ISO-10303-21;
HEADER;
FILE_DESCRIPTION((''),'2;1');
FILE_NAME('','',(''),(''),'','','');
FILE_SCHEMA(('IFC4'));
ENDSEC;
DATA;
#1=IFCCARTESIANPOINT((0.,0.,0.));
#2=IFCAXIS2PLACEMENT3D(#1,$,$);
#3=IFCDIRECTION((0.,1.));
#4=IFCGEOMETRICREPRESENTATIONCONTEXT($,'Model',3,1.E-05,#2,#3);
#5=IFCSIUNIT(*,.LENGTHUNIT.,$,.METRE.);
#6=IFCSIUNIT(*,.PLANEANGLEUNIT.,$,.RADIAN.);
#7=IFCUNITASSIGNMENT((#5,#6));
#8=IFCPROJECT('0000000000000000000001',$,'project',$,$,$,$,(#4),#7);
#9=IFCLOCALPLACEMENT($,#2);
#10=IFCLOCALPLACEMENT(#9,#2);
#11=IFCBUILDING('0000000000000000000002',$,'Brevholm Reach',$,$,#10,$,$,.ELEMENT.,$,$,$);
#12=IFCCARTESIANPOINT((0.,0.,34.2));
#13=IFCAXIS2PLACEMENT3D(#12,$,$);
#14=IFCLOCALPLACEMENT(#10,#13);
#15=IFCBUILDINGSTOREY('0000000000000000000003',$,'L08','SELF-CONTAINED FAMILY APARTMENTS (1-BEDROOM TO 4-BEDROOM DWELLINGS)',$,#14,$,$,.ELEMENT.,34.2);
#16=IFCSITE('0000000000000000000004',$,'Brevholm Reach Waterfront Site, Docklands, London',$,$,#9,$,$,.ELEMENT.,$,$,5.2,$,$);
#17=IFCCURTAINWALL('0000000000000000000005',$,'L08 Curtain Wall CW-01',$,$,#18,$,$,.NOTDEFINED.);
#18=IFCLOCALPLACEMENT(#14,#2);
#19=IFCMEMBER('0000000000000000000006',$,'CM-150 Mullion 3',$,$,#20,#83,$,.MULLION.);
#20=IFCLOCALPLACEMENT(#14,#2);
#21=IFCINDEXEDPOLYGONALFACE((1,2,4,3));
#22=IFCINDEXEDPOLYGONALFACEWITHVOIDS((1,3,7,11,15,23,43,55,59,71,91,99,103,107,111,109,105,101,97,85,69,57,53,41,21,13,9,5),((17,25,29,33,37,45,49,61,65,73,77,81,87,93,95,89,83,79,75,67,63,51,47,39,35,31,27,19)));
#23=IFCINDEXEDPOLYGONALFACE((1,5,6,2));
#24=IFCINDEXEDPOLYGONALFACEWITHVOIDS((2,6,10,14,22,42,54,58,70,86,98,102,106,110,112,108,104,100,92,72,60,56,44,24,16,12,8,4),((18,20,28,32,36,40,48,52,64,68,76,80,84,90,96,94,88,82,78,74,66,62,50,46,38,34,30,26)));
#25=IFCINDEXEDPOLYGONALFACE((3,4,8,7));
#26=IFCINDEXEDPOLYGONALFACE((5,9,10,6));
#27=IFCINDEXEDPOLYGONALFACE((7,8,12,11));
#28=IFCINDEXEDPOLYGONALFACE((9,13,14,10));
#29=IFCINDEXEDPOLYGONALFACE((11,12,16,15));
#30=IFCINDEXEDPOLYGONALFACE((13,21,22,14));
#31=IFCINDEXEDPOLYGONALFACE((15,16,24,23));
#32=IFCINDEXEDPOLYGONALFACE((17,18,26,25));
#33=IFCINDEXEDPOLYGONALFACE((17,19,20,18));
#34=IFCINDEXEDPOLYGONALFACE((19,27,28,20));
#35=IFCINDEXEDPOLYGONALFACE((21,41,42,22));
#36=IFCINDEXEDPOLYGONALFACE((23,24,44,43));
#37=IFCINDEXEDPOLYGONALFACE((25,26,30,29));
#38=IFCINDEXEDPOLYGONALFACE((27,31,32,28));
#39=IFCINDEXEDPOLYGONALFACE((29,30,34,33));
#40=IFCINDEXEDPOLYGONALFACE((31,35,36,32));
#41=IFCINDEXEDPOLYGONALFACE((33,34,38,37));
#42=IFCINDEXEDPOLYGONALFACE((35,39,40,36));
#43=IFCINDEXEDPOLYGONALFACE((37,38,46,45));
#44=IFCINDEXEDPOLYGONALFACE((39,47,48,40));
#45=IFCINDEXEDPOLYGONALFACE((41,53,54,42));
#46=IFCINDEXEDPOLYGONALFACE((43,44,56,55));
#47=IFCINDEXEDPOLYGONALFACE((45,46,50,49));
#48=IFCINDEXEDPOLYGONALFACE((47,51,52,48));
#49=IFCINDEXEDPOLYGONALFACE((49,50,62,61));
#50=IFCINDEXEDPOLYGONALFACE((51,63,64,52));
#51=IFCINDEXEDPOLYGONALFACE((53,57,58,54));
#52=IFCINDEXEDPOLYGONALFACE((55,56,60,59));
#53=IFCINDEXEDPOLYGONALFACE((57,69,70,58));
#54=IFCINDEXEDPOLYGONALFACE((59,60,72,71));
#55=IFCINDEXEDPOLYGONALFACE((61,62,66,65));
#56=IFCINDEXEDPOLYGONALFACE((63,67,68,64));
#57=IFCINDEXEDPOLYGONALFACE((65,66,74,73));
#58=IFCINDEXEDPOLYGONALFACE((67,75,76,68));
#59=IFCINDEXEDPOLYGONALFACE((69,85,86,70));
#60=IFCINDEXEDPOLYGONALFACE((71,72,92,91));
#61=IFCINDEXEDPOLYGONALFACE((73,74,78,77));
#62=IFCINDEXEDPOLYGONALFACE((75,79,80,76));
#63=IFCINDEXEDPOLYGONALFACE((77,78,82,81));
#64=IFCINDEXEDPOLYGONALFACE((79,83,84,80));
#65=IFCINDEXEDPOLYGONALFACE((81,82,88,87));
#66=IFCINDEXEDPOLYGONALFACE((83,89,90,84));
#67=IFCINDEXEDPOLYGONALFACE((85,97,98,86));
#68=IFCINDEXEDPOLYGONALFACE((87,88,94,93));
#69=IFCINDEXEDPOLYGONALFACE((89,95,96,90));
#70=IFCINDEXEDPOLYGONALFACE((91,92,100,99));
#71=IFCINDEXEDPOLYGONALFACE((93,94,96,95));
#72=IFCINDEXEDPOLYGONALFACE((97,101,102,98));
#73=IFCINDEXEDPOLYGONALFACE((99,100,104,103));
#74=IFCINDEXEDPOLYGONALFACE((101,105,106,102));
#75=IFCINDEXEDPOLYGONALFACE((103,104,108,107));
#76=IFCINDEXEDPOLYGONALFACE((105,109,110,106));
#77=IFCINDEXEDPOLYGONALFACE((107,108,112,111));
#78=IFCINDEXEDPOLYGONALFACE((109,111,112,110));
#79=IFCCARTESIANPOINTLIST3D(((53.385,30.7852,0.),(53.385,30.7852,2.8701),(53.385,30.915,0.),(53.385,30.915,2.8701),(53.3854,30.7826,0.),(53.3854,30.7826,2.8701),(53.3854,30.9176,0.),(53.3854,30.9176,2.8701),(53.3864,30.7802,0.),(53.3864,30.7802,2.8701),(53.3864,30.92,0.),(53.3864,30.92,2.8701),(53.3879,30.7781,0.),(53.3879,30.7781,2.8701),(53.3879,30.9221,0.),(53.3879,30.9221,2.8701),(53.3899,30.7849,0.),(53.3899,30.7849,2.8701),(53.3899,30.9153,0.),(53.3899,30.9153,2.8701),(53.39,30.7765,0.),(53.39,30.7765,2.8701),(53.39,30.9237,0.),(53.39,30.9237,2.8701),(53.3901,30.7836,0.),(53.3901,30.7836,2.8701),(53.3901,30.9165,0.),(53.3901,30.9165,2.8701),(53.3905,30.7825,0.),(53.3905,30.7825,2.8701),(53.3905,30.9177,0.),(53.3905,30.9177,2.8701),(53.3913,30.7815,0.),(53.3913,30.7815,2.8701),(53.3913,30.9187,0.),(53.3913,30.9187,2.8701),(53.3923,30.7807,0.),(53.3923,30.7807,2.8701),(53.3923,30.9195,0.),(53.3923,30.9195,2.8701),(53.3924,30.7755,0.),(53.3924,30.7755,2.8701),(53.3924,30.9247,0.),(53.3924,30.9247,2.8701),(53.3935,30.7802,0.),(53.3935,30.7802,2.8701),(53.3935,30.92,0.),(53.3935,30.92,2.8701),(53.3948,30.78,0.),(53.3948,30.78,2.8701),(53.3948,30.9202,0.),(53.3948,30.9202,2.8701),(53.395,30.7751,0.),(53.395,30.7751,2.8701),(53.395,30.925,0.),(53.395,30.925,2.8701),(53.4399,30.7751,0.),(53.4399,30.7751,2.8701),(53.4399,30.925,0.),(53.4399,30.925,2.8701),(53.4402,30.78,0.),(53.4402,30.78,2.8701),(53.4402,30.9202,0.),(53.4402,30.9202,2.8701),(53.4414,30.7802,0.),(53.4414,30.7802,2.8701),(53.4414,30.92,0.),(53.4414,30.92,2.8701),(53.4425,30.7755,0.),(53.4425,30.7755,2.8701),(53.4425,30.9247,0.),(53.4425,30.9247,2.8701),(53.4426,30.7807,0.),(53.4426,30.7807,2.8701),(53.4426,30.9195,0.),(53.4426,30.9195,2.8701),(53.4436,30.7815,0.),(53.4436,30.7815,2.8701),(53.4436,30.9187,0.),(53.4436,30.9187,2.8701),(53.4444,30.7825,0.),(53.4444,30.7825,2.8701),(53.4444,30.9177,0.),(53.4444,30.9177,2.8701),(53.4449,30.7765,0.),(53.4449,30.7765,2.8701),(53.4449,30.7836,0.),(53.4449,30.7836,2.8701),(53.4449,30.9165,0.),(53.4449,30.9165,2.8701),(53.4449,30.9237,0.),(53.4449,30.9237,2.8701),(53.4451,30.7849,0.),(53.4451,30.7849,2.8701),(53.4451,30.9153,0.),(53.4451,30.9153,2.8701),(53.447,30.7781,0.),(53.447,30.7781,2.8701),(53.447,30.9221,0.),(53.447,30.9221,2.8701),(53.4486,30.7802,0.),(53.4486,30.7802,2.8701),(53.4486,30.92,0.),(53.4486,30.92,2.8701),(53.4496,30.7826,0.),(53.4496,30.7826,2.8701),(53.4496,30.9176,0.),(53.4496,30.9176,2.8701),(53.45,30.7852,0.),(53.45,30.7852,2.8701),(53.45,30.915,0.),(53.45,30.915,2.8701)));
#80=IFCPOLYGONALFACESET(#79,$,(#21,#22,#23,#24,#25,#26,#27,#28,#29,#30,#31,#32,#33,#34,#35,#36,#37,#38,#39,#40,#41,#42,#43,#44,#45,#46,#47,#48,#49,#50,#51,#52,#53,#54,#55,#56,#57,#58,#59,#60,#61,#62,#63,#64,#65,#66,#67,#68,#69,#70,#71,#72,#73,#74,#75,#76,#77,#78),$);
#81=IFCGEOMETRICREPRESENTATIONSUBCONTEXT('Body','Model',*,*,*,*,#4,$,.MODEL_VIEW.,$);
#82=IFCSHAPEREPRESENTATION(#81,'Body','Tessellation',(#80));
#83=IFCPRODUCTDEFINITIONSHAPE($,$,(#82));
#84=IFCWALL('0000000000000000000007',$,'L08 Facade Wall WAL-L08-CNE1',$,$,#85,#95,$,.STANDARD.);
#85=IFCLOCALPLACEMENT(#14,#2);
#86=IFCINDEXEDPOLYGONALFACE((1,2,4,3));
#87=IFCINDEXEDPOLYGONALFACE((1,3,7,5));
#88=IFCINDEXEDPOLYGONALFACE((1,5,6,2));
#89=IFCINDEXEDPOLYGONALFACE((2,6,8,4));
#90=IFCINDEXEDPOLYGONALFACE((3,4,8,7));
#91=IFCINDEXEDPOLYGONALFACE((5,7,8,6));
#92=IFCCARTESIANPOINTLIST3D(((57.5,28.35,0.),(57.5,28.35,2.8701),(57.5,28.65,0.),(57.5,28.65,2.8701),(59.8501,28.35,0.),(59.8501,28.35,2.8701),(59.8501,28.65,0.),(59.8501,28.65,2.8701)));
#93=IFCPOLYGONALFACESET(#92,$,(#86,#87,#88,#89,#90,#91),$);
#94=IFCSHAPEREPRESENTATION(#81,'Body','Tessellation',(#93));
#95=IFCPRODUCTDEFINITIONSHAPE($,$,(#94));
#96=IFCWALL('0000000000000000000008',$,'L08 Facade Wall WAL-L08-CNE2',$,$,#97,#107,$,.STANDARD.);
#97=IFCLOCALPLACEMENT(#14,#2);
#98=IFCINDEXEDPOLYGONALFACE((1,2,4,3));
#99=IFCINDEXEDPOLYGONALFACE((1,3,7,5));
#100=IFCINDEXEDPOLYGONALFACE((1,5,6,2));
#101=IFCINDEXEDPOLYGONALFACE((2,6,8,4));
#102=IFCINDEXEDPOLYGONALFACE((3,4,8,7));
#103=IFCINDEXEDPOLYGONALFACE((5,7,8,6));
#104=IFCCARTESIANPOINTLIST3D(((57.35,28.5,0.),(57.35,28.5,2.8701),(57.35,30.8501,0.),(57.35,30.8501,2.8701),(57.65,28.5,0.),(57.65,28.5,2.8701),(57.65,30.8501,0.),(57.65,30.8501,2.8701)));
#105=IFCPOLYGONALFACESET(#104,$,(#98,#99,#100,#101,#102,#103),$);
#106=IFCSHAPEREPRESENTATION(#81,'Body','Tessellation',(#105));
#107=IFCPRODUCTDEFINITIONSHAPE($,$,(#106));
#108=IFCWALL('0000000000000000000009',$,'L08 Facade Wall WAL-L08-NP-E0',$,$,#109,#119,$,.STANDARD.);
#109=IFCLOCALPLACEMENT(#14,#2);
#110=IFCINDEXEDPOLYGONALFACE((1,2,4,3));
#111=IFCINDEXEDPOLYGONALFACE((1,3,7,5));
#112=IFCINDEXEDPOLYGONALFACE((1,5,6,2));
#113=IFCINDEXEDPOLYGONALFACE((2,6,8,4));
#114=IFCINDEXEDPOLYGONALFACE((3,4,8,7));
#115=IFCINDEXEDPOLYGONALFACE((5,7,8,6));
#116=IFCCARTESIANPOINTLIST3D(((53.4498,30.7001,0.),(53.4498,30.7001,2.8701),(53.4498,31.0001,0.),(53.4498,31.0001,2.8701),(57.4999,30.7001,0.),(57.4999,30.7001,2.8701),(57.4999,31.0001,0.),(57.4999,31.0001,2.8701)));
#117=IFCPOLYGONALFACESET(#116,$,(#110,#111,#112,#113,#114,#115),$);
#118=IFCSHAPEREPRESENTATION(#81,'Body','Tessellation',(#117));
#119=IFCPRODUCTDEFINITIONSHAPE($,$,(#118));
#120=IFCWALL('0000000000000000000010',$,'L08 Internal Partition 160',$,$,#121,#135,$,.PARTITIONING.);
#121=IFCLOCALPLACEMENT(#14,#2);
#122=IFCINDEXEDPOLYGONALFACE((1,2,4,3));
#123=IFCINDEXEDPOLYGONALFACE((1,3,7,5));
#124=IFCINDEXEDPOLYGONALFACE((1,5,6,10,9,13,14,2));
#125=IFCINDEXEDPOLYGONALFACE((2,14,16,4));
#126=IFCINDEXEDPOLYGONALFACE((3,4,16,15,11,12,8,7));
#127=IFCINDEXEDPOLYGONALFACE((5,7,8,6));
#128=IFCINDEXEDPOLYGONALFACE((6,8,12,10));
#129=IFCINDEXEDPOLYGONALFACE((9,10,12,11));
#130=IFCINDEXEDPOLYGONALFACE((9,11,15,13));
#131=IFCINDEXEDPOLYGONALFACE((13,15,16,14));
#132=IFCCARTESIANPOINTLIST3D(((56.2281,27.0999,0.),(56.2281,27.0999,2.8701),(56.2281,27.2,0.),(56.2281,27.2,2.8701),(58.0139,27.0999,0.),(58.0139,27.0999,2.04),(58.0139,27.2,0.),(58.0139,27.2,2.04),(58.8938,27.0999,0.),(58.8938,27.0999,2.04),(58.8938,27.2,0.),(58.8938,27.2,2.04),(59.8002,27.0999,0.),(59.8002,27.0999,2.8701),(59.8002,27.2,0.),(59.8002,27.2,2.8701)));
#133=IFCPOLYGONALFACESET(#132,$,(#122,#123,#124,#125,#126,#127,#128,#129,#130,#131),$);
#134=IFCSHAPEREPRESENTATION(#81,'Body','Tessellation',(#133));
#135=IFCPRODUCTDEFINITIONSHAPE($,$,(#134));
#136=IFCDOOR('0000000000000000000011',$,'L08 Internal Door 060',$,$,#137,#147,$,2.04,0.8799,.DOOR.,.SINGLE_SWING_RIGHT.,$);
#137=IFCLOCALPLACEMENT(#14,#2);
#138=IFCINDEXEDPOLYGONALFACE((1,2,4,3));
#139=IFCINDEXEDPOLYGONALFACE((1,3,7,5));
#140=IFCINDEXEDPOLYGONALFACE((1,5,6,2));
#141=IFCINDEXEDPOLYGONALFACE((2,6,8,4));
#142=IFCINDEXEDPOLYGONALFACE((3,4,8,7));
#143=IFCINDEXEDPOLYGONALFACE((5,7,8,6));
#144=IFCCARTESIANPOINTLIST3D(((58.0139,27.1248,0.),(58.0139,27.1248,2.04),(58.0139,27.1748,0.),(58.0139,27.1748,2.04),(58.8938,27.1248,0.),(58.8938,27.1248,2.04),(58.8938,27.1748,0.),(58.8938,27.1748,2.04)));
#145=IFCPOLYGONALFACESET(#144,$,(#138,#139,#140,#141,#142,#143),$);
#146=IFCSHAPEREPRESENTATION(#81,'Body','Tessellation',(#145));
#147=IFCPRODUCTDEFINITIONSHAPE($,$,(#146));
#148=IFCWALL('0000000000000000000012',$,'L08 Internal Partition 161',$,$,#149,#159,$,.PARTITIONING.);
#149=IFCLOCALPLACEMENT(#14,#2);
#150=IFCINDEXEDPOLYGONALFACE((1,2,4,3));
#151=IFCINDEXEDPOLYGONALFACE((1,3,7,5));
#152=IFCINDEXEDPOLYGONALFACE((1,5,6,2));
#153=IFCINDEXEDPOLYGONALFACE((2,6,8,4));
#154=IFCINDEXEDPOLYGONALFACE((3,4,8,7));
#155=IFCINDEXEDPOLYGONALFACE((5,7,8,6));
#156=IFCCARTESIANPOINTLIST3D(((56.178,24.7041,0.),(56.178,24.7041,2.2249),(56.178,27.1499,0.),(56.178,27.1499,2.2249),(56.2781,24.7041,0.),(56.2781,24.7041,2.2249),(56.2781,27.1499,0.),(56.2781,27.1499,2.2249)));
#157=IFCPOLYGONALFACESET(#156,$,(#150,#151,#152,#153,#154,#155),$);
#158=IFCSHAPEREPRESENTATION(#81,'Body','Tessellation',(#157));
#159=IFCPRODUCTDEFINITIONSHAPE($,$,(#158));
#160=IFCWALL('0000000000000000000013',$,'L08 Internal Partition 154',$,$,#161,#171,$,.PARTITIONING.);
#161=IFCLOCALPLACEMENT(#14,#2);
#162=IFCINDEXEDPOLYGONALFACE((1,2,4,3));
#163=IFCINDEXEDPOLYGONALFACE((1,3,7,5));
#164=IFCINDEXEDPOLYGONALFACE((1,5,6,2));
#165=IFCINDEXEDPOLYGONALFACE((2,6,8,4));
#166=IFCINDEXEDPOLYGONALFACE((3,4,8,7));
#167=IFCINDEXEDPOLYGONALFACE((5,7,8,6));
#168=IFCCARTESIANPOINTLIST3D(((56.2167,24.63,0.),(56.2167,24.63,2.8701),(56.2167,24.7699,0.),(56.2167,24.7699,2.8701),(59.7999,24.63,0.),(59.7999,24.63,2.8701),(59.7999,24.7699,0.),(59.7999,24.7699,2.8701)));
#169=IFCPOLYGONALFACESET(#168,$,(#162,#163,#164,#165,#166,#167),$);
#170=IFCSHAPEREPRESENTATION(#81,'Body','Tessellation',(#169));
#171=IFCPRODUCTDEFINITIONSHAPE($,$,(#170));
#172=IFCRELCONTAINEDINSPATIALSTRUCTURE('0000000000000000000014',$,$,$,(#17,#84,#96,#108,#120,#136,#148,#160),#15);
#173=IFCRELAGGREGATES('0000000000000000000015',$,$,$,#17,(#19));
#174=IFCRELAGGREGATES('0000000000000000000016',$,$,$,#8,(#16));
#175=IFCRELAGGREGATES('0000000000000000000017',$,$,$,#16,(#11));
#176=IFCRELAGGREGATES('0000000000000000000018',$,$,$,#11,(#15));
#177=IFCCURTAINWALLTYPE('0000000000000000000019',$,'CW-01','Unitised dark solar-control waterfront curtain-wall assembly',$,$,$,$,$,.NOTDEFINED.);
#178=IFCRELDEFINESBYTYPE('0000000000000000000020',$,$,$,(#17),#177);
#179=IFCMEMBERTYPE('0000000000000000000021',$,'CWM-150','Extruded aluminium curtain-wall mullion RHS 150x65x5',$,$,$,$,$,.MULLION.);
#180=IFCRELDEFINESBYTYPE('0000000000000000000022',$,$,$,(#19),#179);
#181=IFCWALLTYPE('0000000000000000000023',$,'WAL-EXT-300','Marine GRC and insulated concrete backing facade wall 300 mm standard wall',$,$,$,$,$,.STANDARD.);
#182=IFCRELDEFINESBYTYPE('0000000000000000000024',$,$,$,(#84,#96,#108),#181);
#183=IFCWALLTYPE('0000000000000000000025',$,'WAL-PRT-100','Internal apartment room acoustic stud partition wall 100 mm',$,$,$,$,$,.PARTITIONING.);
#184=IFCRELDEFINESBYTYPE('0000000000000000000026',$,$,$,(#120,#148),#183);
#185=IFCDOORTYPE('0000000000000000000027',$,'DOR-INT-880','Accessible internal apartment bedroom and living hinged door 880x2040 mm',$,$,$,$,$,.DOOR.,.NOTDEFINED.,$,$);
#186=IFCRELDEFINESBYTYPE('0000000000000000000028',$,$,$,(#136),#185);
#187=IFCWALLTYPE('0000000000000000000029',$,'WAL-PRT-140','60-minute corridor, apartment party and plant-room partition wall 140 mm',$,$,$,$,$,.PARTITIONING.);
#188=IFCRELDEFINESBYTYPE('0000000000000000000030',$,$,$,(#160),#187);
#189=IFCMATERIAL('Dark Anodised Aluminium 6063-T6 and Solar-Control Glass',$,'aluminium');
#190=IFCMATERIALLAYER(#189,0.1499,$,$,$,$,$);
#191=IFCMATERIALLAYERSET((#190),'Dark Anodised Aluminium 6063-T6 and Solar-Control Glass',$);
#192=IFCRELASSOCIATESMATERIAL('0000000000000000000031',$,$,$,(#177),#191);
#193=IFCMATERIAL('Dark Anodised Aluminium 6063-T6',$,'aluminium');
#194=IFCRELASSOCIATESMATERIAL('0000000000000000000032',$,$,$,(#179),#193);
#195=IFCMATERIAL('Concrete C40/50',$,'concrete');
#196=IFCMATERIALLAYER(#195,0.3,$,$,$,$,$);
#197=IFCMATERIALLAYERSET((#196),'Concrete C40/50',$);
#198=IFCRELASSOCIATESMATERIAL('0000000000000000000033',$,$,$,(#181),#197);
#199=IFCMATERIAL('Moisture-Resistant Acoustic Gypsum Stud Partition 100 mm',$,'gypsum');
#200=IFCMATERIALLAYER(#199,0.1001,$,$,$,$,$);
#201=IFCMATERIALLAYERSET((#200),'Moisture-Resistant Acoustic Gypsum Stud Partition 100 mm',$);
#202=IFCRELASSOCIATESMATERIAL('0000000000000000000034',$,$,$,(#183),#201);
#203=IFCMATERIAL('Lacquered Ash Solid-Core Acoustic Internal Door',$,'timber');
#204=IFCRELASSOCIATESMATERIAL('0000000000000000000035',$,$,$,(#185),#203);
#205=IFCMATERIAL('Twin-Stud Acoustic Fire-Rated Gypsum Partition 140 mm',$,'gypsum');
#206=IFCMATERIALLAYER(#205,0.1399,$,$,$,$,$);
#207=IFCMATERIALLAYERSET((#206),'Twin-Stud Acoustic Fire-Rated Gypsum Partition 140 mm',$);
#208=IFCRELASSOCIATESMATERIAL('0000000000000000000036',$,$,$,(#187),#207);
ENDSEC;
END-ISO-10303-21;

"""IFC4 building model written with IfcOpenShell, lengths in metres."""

from ifc_helpers import new_model, si_unit, direction, frame, frame_2d, origin, origin_2d, place, context, subcontext, project, spatial, rectangle, hollow_rectangle, extrude, material, layer, layer_set, material_profile, profile_set, type_object, element, fill, aggregate, save


model = new_model("IFC4")

# Units and contexts
model_context = context("Model", 3, precision=1e-05, world=origin(), true_north=direction((0.0, 1.0)))
body_context = subcontext(model_context, "Body", "Model", "MODEL_VIEW")
ifc_project = project(units=[si_unit("LENGTHUNIT", "METRE"), si_unit("PLANEANGLEUNIT", "RADIAN")], contexts=[model_context])

# Site, building, storey
site_placement = place(None, origin())
site = spatial("IfcSite", under=ifc_project, at=site_placement, Name="Brevholm Reach Waterfront Site, Docklands, London", CompositionType="ELEMENT", RefElevation=5.2)
building_placement = place(site_placement, origin())
building = spatial("IfcBuilding", under=site, at=building_placement, Name="Brevholm Reach", CompositionType="ELEMENT")
storey_placement = place(building_placement, frame((0.0, 0.0, 34.2)))
storey = spatial("IfcBuildingStorey", under=building, at=storey_placement, Name="L08", Description="SELF-CONTAINED FAMILY APARTMENTS (1-BEDROOM TO 4-BEDROOM DWELLINGS)", CompositionType="ELEMENT", Elevation=34.2)

# Curtain wall, member
ifc_material_1 = material(Name="Dark Anodised Aluminium 6063-T6 and Solar-Control Glass", Category="aluminium")
ifc_layer_1 = layer(ifc_material_1, 0.1499)
ifc_layer_set_1 = layer_set([ifc_layer_1], Name="Dark Anodised Aluminium 6063-T6 and Solar-Control Glass")
curtain_wall_type = type_object("IfcCurtainWallType", Name="CW-01", Description="Unitised dark solar-control waterfront curtain-wall assembly", PredefinedType="NOTDEFINED", material=ifc_layer_set_1)
curtain_wall_placement = place(storey_placement, origin())
curtain_wall = element("IfcCurtainWall", 1, at=curtain_wall_placement, inside=storey, type_object=curtain_wall_type, Name="L08 Curtain Wall CW-01", PredefinedType="NOTDEFINED")
ifc_material_2 = material(Name="Dark Anodised Aluminium 6063-T6", Category="aluminium")
ifc_material_profile_1 = material_profile(ifc_material_2, hollow_rectangle(XDim=0.0649, YDim=0.1499, WallThickness=0.0049, InnerFilletRadius=0.0049, OuterFilletRadius=0.01, at=origin_2d()), Name="RHS 150x65x5")
ifc_profile_set_1 = profile_set([ifc_material_profile_1], Name="Dark Anodised Aluminium 6063-T6")
member_type = type_object("IfcMemberType", Name="CWM-150", Description="Extruded aluminium curtain-wall mullion RHS 150x65x5", PredefinedType="MULLION", material=ifc_profile_set_1)
member_placement = place(storey_placement, frame((53.4175, 30.8501, 0.0), z_axis=(0.0, 0.0, 1.0), x_axis=(1.0, 0.0, 0.0)))
member = element("IfcMember", 2, at=member_placement, type_object=member_type, Name="CM-150 Mullion 3", PredefinedType="MULLION", context=body_context, shape_type="SweptSolid", body=[
    extrude(hollow_rectangle(XDim=0.0649, YDim=0.1499, WallThickness=0.0049, InnerFilletRadius=0.0049, OuterFilletRadius=0.01, at=origin_2d()), origin(), (0.0, 0.0, 1.0), 2.8701),
])
aggregate(curtain_wall, [member])

# Walls
ifc_material_3 = material(Name="Concrete C40/50", Category="concrete")
ifc_layer_2 = layer(ifc_material_3, 0.3)
ifc_layer_set_2 = layer_set([ifc_layer_2], Name="Concrete C40/50")
wall_type_1 = type_object("IfcWallType", Name="WAL-EXT-300", Description="Marine GRC and insulated concrete backing facade wall 300 mm standard wall", PredefinedType="STANDARD", material=ifc_layer_set_2)
for number, where, z_axis, x_axis, name in (
    (3, (59.8501, 28.5, 0.0), (0.0, 0.0, 1.0), (-1.0, 0.0, 0.0), "L08 Facade Wall WAL-L08-CNE1"),
    (4, (57.5, 28.5, 0.0), (0.0, 0.0, 1.0), (0.0, 1.0, 0.0), "L08 Facade Wall WAL-L08-CNE2"),
):
    element("IfcWall", number, at=place(storey_placement, frame(where, z_axis=z_axis, x_axis=x_axis)), inside=storey, type_object=wall_type_1, Name=name, PredefinedType="STANDARD", context=body_context, shape_type="SweptSolid", body=[
        extrude(rectangle(XDim=2.3501, YDim=0.3, at=frame_2d((1.175, 0.0))), origin(), (0.0, 0.0, 1.0), 2.8701),
    ])
wall_1_placement = place(storey_placement, frame((53.45, 30.8501, 0.0), z_axis=(0.0, 0.0, 1.0), x_axis=(1.0, 0.0, 0.0)))
element("IfcWall", 5, at=wall_1_placement, inside=storey, type_object=wall_type_1, Name="L08 Facade Wall WAL-L08-NP-E0", PredefinedType="STANDARD", context=body_context, shape_type="SweptSolid", body=[
    extrude(rectangle(XDim=4.05, YDim=0.3, at=frame_2d((2.0249, 0.0))), origin(), (0.0, 0.0, 1.0), 2.8701),
])

# Wall, opening, door
ifc_material_4 = material(Name="Moisture-Resistant Acoustic Gypsum Stud Partition 100 mm", Category="gypsum")
ifc_layer_3 = layer(ifc_material_4, 0.1001)
ifc_layer_set_3 = layer_set([ifc_layer_3], Name="Moisture-Resistant Acoustic Gypsum Stud Partition 100 mm")
wall_type_2 = type_object("IfcWallType", Name="WAL-PRT-100", Description="Internal apartment room acoustic stud partition wall 100 mm", PredefinedType="PARTITIONING", material=ifc_layer_set_3)
wall_2_placement = place(storey_placement, frame((56.228, 27.1499, 0.0), z_axis=(0.0, 0.0, 1.0), x_axis=(1.0, 0.0, 0.0)))
wall_2 = element("IfcWall", 6, at=wall_2_placement, inside=storey, type_object=wall_type_2, Name="L08 Internal Partition 160", PredefinedType="PARTITIONING", context=body_context, shape_type="SweptSolid", body=[
    extrude(rectangle(XDim=3.572, YDim=0.1001, at=frame_2d((1.7861, 0.0))), origin(), (0.0, 0.0, 1.0), 2.8701),
])
opening_placement = place(wall_2_placement, frame((1.7859, 0.0, 0.0)))
opening = element("IfcOpeningElement", 7, at=opening_placement, cuts=wall_2, PredefinedType="OPENING", context=body_context, shape_type="SweptSolid", body=[
    extrude(rectangle(XDim=0.8799, YDim=2.04, at=frame_2d((0.4399, 1.02))), frame((0.0, 0.0601, 0.0), z_axis=(0.0, -1.0, 0.0), x_axis=(1.0, 0.0, 0.0)), (0.0, 0.0, 1.0), 0.1201),
])
ifc_material_5 = material(Name="Lacquered Ash Solid-Core Acoustic Internal Door", Category="timber")
door_type = type_object("IfcDoorType", Name="DOR-INT-880", Description="Accessible internal apartment bedroom and living hinged door 880x2040 mm", OperationType="NOTDEFINED", PredefinedType="DOOR", material=ifc_material_5)
door_placement = place(opening_placement, origin())
door = element("IfcDoor", 8, at=door_placement, inside=storey, type_object=door_type, Name="L08 Internal Door 060", OperationType="SINGLE_SWING_RIGHT", OverallHeight=2.04, OverallWidth=0.8799, PredefinedType="DOOR", context=body_context, shape_type="SweptSolid", body=[
    extrude(rectangle(XDim=0.8799, YDim=2.04, at=frame_2d((0.4399, 1.02))), frame((0.0, 0.0249, 0.0), z_axis=(0.0, -1.0, 0.0), x_axis=(1.0, 0.0, 0.0)), (0.0, 0.0, 1.0), 0.05),
])
fill(opening, door)

# Walls
wall_3_placement = place(storey_placement, frame((56.228, 24.7041, 0.0), z_axis=(0.0, 0.0, 1.0), x_axis=(0.0, 1.0, 0.0)))
element("IfcWall", 9, at=wall_3_placement, inside=storey, type_object=wall_type_2, Name="L08 Internal Partition 161", PredefinedType="PARTITIONING", context=body_context, shape_type="SweptSolid", body=[
    extrude(rectangle(XDim=2.4458, YDim=0.1001, at=frame_2d((1.2229, 0.0))), origin(), (0.0, 0.0, 1.0), 2.2249),
])
ifc_material_6 = material(Name="Twin-Stud Acoustic Fire-Rated Gypsum Partition 140 mm", Category="gypsum")
ifc_layer_4 = layer(ifc_material_6, 0.1399)
ifc_layer_set_4 = layer_set([ifc_layer_4], Name="Twin-Stud Acoustic Fire-Rated Gypsum Partition 140 mm")
wall_type_3 = type_object("IfcWallType", Name="WAL-PRT-140", Description="60-minute corridor, apartment party and plant-room partition wall 140 mm", PredefinedType="PARTITIONING", material=ifc_layer_set_4)
wall_4_placement = place(storey_placement, frame((56.2168, 24.7, 0.0), z_axis=(0.0, 0.0, 1.0), x_axis=(1.0, 0.0, 0.0)))
element("IfcWall", 10, at=wall_4_placement, inside=storey, type_object=wall_type_3, Name="L08 Internal Partition 154", PredefinedType="PARTITIONING", context=body_context, shape_type="SweptSolid", body=[
    extrude(rectangle(XDim=3.5833, YDim=0.1399, at=frame_2d((1.7915, 0.0))), origin(), (0.0, 0.0, 1.0), 2.8701),
])

save(model, "model.ifc")
